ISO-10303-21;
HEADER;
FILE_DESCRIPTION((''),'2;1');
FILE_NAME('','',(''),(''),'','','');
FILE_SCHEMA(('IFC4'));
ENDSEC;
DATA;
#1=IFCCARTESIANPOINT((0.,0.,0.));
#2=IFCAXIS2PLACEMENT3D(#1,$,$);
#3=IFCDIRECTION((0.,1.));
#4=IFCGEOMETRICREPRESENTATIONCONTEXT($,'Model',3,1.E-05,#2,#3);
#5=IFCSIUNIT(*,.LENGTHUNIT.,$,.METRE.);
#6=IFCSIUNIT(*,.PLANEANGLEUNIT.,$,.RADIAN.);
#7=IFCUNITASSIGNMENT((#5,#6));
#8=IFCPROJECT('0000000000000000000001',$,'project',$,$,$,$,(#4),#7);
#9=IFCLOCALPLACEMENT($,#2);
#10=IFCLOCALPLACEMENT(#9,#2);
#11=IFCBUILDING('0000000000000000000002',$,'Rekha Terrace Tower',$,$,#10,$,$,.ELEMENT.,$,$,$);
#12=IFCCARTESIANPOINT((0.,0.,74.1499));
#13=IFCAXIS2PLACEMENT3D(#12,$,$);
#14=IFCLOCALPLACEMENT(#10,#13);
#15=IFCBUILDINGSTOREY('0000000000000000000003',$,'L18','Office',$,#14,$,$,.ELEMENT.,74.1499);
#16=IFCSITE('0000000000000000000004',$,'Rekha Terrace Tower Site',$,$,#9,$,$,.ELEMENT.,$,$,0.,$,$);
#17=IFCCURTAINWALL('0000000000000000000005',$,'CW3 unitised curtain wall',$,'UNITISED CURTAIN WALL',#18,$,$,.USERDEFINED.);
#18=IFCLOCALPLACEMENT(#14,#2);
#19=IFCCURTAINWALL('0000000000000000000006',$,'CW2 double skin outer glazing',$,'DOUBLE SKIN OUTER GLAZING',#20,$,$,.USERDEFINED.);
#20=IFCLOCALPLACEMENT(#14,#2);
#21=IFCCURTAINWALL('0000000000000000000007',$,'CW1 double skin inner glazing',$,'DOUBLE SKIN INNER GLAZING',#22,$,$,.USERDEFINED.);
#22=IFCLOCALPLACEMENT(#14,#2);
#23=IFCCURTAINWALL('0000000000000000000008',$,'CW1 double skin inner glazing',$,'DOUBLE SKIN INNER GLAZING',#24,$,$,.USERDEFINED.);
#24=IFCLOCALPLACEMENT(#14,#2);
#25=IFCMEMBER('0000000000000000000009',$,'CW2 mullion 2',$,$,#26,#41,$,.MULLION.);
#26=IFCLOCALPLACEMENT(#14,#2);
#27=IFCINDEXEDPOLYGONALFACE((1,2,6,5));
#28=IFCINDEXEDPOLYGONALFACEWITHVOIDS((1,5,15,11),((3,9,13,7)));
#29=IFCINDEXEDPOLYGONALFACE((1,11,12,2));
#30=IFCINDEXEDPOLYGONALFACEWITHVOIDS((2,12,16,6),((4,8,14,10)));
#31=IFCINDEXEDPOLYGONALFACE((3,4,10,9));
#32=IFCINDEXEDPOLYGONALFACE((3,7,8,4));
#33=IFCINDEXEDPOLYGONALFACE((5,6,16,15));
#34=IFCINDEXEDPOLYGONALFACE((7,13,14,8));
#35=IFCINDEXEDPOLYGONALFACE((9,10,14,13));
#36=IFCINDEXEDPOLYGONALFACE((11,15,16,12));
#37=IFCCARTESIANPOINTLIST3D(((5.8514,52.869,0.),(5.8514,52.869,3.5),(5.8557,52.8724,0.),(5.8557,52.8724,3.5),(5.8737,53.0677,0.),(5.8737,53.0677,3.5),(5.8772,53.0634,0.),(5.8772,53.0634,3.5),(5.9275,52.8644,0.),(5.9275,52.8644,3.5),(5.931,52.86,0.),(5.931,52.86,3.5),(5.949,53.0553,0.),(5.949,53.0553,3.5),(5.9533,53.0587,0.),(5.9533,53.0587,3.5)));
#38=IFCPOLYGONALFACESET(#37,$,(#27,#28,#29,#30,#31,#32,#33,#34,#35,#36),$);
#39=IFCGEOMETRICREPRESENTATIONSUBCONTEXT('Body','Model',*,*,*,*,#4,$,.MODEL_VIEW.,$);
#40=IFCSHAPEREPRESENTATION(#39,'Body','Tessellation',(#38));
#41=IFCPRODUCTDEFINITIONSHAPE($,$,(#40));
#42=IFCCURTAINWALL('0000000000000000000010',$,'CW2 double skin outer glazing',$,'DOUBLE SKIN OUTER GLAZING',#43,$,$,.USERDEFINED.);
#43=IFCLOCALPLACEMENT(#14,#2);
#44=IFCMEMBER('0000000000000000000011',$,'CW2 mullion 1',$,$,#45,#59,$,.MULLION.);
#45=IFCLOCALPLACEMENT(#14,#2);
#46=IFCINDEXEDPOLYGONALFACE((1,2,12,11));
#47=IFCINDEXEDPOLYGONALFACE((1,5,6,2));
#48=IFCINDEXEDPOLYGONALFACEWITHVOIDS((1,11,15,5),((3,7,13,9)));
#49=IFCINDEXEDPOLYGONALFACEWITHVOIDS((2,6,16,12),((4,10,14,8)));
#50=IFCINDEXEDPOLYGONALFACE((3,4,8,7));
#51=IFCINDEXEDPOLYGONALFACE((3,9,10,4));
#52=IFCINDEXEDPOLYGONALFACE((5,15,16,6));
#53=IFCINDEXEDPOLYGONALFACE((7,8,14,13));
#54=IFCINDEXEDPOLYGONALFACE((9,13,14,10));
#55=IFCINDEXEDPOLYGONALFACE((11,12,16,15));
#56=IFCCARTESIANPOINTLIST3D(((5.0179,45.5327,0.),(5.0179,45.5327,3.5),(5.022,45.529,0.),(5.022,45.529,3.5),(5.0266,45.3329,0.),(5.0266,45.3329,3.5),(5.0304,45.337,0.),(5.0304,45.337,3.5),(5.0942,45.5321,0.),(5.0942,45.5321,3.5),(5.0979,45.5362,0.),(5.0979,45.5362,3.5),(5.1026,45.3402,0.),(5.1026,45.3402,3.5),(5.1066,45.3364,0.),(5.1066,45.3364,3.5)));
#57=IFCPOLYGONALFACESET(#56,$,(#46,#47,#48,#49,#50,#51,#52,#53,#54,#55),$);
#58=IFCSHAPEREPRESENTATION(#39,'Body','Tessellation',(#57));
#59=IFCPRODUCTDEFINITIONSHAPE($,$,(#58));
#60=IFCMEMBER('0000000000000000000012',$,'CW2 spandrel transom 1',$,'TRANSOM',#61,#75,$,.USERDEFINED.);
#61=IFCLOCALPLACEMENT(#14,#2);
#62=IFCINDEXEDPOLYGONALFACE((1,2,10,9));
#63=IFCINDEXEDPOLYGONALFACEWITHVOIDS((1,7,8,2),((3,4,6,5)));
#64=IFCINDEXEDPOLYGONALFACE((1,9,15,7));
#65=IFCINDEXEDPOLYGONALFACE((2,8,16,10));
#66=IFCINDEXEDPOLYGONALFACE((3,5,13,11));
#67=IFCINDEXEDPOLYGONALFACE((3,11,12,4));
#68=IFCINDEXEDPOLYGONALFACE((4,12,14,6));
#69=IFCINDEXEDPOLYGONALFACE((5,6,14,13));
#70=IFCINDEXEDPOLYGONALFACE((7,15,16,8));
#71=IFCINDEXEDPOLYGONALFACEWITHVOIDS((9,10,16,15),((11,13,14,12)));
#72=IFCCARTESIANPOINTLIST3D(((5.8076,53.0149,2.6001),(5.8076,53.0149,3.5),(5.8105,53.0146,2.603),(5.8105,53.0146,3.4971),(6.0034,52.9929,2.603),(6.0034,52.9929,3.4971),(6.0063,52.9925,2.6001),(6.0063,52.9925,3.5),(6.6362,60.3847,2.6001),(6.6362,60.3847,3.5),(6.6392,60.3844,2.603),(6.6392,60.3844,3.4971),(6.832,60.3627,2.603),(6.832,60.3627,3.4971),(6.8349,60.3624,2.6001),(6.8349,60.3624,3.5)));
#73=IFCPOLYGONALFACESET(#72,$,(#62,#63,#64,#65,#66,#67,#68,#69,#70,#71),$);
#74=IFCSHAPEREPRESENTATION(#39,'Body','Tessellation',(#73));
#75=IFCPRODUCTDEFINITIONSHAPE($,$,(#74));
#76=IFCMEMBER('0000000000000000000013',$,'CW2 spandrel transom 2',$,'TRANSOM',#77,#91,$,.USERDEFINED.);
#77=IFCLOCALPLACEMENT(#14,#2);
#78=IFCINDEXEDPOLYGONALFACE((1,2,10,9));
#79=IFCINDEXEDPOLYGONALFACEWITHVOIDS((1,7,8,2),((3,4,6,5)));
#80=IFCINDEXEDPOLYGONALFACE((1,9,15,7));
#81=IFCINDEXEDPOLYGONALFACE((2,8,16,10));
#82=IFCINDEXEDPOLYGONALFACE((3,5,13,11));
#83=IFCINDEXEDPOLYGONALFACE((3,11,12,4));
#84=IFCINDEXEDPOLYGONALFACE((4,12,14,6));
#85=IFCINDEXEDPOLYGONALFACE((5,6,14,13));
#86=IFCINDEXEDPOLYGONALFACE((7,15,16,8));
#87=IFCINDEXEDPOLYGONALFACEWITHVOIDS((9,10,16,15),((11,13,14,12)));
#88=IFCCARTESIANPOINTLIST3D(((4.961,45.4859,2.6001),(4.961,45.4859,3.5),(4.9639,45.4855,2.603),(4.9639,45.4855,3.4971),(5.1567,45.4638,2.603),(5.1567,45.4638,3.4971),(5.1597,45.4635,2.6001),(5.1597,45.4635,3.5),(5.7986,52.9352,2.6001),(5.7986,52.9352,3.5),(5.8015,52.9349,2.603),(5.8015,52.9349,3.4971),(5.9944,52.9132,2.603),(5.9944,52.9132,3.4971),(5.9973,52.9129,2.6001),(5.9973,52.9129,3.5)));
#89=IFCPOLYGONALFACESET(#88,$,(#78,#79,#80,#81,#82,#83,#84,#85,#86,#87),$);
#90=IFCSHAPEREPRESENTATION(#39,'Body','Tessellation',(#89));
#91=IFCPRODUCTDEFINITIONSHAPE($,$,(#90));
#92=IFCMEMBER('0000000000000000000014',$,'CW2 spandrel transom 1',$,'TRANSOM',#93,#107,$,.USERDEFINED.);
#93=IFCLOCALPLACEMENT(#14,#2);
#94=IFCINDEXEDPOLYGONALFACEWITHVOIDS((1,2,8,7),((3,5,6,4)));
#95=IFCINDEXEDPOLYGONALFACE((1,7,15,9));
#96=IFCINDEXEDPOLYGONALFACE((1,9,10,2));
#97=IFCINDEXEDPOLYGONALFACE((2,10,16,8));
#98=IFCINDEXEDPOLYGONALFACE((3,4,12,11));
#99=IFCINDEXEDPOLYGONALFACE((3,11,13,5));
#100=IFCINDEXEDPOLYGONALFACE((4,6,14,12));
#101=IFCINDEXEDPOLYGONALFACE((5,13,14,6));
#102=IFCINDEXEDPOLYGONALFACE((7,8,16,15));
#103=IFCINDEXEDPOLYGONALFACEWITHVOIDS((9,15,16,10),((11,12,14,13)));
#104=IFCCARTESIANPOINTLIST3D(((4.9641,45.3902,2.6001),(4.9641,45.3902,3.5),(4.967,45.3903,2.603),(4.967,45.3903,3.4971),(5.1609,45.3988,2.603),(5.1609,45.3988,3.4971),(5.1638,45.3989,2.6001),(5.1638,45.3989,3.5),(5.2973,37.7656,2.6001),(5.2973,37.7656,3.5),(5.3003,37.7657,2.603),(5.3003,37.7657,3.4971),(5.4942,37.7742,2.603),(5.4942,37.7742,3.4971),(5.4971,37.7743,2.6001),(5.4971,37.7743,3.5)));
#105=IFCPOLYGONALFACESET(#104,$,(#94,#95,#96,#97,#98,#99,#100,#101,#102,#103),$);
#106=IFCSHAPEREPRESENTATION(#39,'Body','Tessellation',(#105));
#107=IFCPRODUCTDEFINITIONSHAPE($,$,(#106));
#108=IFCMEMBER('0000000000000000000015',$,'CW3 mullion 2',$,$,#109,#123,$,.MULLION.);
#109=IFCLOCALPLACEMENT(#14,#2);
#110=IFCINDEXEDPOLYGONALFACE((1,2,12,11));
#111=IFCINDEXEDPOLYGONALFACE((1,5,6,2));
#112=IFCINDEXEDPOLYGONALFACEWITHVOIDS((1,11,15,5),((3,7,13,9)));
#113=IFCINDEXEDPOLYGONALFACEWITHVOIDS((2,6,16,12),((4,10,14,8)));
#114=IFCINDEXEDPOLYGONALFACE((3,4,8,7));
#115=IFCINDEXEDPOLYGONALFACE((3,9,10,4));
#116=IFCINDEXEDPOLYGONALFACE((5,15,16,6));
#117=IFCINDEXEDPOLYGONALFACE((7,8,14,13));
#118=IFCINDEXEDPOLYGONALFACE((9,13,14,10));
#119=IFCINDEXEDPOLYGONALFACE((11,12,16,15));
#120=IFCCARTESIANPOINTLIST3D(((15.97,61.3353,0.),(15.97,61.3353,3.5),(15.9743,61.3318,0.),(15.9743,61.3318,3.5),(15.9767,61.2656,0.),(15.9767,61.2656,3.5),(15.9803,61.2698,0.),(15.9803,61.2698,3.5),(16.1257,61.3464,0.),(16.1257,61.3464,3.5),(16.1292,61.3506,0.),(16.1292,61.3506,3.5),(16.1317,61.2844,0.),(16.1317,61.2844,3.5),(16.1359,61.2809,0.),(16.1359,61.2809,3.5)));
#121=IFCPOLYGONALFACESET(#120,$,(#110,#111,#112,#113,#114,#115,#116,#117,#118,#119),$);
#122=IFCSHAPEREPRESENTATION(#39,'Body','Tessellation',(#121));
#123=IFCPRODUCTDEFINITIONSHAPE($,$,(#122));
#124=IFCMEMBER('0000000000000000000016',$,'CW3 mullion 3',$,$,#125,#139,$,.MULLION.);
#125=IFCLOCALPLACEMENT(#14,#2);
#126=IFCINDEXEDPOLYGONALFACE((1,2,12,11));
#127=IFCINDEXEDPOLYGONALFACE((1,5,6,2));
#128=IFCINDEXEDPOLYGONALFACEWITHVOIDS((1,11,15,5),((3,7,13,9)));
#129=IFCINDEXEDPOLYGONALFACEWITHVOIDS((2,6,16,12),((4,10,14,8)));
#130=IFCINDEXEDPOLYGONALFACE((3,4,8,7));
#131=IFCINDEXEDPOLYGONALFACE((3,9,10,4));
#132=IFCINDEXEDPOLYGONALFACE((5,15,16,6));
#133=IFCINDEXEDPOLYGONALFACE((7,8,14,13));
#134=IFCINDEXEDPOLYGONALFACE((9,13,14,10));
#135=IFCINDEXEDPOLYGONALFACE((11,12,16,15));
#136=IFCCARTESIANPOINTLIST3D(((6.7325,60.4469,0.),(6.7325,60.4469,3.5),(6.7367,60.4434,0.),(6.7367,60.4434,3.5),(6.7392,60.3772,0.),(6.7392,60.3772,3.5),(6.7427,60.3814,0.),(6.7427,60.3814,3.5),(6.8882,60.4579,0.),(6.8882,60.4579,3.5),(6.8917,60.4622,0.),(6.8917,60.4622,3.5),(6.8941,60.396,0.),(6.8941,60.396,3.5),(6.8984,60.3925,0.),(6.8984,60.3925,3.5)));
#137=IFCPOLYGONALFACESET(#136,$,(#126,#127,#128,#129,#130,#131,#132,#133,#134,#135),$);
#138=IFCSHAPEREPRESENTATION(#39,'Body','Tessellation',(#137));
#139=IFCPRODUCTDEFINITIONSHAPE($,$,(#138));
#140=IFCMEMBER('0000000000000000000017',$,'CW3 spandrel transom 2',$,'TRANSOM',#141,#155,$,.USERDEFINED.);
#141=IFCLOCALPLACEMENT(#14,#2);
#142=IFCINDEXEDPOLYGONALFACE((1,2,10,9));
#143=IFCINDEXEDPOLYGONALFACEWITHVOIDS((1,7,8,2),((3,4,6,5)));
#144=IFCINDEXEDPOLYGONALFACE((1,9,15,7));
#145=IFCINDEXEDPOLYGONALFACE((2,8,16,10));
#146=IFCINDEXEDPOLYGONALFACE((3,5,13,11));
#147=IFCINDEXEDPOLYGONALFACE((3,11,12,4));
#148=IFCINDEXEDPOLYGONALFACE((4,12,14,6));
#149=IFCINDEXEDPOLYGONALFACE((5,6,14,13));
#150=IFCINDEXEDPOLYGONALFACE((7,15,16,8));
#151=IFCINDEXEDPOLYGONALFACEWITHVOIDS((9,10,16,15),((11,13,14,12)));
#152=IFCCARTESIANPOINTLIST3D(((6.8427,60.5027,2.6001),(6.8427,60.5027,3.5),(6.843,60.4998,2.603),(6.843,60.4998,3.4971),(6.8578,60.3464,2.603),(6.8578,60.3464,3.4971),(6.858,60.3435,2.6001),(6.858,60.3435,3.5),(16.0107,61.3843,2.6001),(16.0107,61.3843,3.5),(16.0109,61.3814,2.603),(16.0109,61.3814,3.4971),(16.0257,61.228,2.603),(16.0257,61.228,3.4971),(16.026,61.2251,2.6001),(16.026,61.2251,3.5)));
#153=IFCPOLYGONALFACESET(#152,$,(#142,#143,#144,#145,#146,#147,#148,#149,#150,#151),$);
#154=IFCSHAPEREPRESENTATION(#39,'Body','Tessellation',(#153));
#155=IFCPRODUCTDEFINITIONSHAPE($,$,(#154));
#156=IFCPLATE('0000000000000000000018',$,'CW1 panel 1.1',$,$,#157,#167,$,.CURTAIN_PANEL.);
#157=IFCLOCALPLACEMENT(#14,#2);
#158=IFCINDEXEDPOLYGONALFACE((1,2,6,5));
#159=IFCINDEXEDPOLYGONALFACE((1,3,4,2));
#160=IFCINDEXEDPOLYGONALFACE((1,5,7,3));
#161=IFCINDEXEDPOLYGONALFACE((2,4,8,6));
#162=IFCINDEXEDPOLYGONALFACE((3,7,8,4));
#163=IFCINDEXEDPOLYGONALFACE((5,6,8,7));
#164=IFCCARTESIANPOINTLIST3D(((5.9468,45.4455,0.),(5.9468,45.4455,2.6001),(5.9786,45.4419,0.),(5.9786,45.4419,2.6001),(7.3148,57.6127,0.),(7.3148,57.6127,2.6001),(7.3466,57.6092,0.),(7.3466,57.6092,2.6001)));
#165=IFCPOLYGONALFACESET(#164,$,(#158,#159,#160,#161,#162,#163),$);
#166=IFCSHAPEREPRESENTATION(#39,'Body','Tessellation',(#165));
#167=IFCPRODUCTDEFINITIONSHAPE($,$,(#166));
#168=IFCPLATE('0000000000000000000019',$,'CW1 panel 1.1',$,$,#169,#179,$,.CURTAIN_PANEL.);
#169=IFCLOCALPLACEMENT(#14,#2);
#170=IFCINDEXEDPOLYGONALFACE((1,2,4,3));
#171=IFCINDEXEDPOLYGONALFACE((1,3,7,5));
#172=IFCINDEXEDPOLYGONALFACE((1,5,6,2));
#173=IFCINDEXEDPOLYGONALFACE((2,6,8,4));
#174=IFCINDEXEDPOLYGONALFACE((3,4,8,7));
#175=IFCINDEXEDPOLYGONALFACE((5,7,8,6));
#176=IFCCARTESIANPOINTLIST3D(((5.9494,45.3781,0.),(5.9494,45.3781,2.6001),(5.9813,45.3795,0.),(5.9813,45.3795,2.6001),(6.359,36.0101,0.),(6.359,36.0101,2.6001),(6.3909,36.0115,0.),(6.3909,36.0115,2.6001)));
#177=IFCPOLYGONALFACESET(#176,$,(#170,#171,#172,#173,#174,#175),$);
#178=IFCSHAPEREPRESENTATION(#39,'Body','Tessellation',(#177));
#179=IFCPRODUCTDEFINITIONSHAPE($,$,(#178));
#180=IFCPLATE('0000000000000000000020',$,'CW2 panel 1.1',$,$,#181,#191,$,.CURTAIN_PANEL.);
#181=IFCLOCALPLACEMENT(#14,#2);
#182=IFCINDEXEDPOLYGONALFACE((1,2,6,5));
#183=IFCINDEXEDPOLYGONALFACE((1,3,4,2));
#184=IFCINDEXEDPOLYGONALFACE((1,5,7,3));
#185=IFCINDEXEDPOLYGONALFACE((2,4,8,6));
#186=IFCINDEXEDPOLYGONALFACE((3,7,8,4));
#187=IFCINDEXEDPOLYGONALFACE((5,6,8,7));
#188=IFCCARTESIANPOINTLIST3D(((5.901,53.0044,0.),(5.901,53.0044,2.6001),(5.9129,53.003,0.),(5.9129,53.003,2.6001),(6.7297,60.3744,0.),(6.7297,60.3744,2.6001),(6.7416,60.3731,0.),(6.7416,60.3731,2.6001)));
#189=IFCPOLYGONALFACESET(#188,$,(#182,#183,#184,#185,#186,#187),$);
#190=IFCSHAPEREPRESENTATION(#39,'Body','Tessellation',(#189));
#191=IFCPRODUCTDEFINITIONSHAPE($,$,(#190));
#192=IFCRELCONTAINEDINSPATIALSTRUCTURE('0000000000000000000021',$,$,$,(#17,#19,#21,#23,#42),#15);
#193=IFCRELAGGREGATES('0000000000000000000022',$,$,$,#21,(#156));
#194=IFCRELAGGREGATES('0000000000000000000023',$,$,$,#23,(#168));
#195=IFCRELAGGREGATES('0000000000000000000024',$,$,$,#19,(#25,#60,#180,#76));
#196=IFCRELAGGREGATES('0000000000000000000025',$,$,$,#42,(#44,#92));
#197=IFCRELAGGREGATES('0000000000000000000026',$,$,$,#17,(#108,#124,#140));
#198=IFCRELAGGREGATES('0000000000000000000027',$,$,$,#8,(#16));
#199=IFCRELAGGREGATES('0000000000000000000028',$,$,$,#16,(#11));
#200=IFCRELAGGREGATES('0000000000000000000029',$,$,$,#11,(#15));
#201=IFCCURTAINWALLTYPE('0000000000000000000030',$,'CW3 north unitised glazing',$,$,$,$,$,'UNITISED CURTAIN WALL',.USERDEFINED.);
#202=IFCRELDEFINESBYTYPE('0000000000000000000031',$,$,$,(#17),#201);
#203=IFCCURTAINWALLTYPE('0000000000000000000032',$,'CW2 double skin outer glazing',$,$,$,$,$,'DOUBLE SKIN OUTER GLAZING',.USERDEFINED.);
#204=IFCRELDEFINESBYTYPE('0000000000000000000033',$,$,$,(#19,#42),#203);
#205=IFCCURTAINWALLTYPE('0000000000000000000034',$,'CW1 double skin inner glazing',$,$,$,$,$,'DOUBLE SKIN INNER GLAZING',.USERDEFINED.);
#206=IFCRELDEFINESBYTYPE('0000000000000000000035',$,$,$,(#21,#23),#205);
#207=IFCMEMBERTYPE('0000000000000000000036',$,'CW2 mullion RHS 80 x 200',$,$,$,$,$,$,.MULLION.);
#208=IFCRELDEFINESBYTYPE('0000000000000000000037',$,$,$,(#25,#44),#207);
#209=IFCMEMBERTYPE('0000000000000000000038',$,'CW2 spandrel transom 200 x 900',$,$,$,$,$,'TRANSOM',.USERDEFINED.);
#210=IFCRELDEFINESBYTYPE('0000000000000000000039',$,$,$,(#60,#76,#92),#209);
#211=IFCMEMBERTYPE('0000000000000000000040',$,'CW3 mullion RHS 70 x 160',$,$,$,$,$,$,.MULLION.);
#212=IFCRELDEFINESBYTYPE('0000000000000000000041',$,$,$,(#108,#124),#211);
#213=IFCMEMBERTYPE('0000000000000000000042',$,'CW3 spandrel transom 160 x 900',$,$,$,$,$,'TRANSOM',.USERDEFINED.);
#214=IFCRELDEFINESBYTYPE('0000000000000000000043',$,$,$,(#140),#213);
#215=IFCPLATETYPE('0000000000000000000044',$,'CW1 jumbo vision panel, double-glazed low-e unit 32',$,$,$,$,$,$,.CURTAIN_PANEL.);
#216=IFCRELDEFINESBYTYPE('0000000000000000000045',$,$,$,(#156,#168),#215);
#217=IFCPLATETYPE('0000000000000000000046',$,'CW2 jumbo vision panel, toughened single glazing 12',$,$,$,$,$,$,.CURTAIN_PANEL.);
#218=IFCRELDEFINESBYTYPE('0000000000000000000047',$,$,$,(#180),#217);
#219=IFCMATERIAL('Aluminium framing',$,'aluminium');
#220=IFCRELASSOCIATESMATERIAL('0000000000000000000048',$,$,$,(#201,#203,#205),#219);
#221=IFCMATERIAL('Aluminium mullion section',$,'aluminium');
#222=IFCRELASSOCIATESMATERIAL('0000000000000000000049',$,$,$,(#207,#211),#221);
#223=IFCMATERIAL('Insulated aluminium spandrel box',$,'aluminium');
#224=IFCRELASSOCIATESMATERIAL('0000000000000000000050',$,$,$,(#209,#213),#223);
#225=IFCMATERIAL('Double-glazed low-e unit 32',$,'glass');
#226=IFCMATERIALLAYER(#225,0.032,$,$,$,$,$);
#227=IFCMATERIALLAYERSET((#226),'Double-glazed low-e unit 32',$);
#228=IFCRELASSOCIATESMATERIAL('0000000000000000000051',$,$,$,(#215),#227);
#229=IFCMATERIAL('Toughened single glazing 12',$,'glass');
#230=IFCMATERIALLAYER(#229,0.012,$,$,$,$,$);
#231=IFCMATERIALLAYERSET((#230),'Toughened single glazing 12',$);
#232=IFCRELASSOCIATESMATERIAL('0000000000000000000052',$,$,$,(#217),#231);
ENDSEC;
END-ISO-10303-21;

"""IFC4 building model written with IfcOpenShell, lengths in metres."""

from ifc_helpers import new_model, si_unit, direction, frame, origin, origin_2d, place, context, subcontext, project, spatial, rectangle, hollow_rectangle, extrude, material, layer, layer_set, material_profile, profile_set, type_object, element, aggregate, save


model = new_model("IFC4")

# Units and contexts
model_context = context("Model", 3, precision=1e-05, world=origin(), true_north=direction((0.0, 1.0)))
body_context = subcontext(model_context, "Body", "Model", "MODEL_VIEW")
ifc_project = project(units=[si_unit("LENGTHUNIT", "METRE"), si_unit("PLANEANGLEUNIT", "RADIAN")], contexts=[model_context])

# Site, building, storey
site_placement = place(None, origin())
site = spatial("IfcSite", under=ifc_project, at=site_placement, Name="Rekha Terrace Tower Site", CompositionType="ELEMENT", RefElevation=0.0)
building_placement = place(site_placement, origin())
building = spatial("IfcBuilding", under=site, at=building_placement, Name="Rekha Terrace Tower", CompositionType="ELEMENT")
storey_placement = place(building_placement, frame((0.0, 0.0, 74.1499)))
storey = spatial("IfcBuildingStorey", under=building, at=storey_placement, Name="L18", Description="Office", CompositionType="ELEMENT", Elevation=74.1499)

# Curtain walls
ifc_material_1 = material(Name="Aluminium framing", Category="aluminium")
curtain_wall_type_1 = type_object("IfcCurtainWallType", Name="CW3 north unitised glazing", ElementType="UNITISED CURTAIN WALL", PredefinedType="USERDEFINED", material=ifc_material_1)
curtain_wall_1_placement = place(storey_placement, origin())
curtain_wall_1 = element("IfcCurtainWall", 1, at=curtain_wall_1_placement, inside=storey, type_object=curtain_wall_type_1, Name="CW3 unitised curtain wall", ObjectType="UNITISED CURTAIN WALL", PredefinedType="USERDEFINED")
curtain_wall_type_2 = type_object("IfcCurtainWallType", Name="CW2 double skin outer glazing", ElementType="DOUBLE SKIN OUTER GLAZING", PredefinedType="USERDEFINED", material=ifc_material_1)
curtain_wall_2_placement = place(storey_placement, origin())
curtain_wall_2 = element("IfcCurtainWall", 2, at=curtain_wall_2_placement, inside=storey, type_object=curtain_wall_type_2, Name="CW2 double skin outer glazing", ObjectType="DOUBLE SKIN OUTER GLAZING", PredefinedType="USERDEFINED")
curtain_wall_type_3 = type_object("IfcCurtainWallType", Name="CW1 double skin inner glazing", ElementType="DOUBLE SKIN INNER GLAZING", PredefinedType="USERDEFINED", material=ifc_material_1)
curtain_wall_3_placement = place(storey_placement, origin())
curtain_wall_3 = element("IfcCurtainWall", 3, at=curtain_wall_3_placement, inside=storey, type_object=curtain_wall_type_3, Name="CW1 double skin inner glazing", ObjectType="DOUBLE SKIN INNER GLAZING", PredefinedType="USERDEFINED")
ifc_material_2 = material(Name="Aluminium mullion section", Category="aluminium")
curtain_wall_4_placement = place(storey_placement, origin())
curtain_wall_4 = element("IfcCurtainWall", 4, at=curtain_wall_4_placement, inside=storey, type_object=curtain_wall_type_3, Name="CW1 double skin inner glazing", ObjectType="DOUBLE SKIN INNER GLAZING", PredefinedType="USERDEFINED")

# Member
ifc_material_3 = material(Name="Insulated aluminium spandrel box", Category="aluminium")
ifc_material_profile_1 = material_profile(ifc_material_2, hollow_rectangle(XDim=0.0801, YDim=0.2, WallThickness=0.0039, at=origin_2d()), Name="AL RHS 80x200")
ifc_profile_set_1 = profile_set([ifc_material_profile_1], Name="Aluminium mullion section")
member_type_1 = type_object("IfcMemberType", Name="CW2 mullion RHS 80 x 200", PredefinedType="MULLION", material=ifc_profile_set_1)
member_1_placement = place(storey_placement, frame((5.9023, 52.9639, 0.0), z_axis=(0.0, 0.0, 1.0), x_axis=(0.993739, -0.11173, 0.0)))
member_1 = element("IfcMember", 5, at=member_1_placement, type_object=member_type_1, Name="CW2 mullion 2", PredefinedType="MULLION", context=body_context, shape_type="SweptSolid", body=[
    extrude(hollow_rectangle(XDim=0.0801, YDim=0.2, WallThickness=0.0039, at=origin_2d()), origin(), (0.0, 0.0, 1.0), 3.5),
])

# Curtain wall, member
curtain_wall_5_placement = place(storey_placement, origin())
curtain_wall_5 = element("IfcCurtainWall", 6, at=curtain_wall_5_placement, inside=storey, type_object=curtain_wall_type_2, Name="CW2 double skin outer glazing", ObjectType="DOUBLE SKIN OUTER GLAZING", PredefinedType="USERDEFINED")
member_2_placement = place(storey_placement, frame((5.0623, 45.4346, 0.0), z_axis=(0.0, 0.0, 1.0), x_axis=(0.999045, 0.043683, 0.0)))
member_2 = element("IfcMember", 7, at=member_2_placement, type_object=member_type_1, Name="CW2 mullion 1", PredefinedType="MULLION", context=body_context, shape_type="SweptSolid", body=[
    extrude(hollow_rectangle(XDim=0.0801, YDim=0.2, WallThickness=0.0039, at=origin_2d()), origin(), (0.0, 0.0, 1.0), 3.5),
])

# Members
ifc_material_profile_2 = material_profile(ifc_material_3, hollow_rectangle(XDim=0.2, YDim=0.8999, WallThickness=0.0029, at=origin_2d()), Name="AL SPANDREL BOX 200x900")
ifc_profile_set_2 = profile_set([ifc_material_profile_2], Name="Insulated aluminium spandrel box")
member_type_2 = type_object("IfcMemberType", Name="CW2 spandrel transom 200 x 900", ElementType="TRANSOM", PredefinedType="USERDEFINED", material=ifc_profile_set_2)
member_3_placement = place(storey_placement, frame((6.7356, 60.3735, 3.05), z_axis=(-0.111729, -0.993739, 0.0), x_axis=(0.993739, -0.111729, 0.0)))
member_3 = element("IfcMember", 8, at=member_3_placement, type_object=member_type_2, Name="CW2 spandrel transom 1", ObjectType="TRANSOM", PredefinedType="USERDEFINED", context=body_context, shape_type="SweptSolid", body=[
    extrude(hollow_rectangle(XDim=0.2, YDim=0.8999, WallThickness=0.0029, at=origin_2d()), origin(), (0.0, 0.0, 1.0), 7.4163),
])
member_4_placement = place(storey_placement, frame((5.8979, 52.9241, 3.05), z_axis=(-0.11174, -0.993738, 0.0), x_axis=(0.993738, -0.11174, 0.0)))
member_4 = element("IfcMember", 9, at=member_4_placement, type_object=member_type_2, Name="CW2 spandrel transom 2", ObjectType="TRANSOM", PredefinedType="USERDEFINED", context=body_context, shape_type="SweptSolid", body=[
    extrude(hollow_rectangle(XDim=0.2, YDim=0.8999, WallThickness=0.0029, at=origin_2d()), origin(), (0.0, 0.0, 1.0), 7.4963),
])
member_5_placement = place(storey_placement, frame((5.064, 45.3945, 3.05), z_axis=(0.043666, -0.999046, 0.0), x_axis=(0.999046, 0.043666, 0.0)))
member_5 = element("IfcMember", 10, at=member_5_placement, type_object=member_type_2, Name="CW2 spandrel transom 1", ObjectType="TRANSOM", PredefinedType="USERDEFINED", context=body_context, shape_type="SweptSolid", body=[
    extrude(hollow_rectangle(XDim=0.2, YDim=0.8999, WallThickness=0.0029, at=origin_2d()), origin(), (0.0, 0.0, 1.0), 7.6318),
])
ifc_material_profile_3 = material_profile(ifc_material_2, hollow_rectangle(XDim=0.0701, YDim=0.1599, WallThickness=0.0039, at=origin_2d()), Name="AL RHS 70x160")
ifc_profile_set_3 = profile_set([ifc_material_profile_3], Name="Aluminium mullion section")
member_type_3 = type_object("IfcMemberType", Name="CW3 mullion RHS 70 x 160", PredefinedType="MULLION", material=ifc_profile_set_3)
member_6_placement = place(storey_placement, frame((16.053, 61.3081, 0.0), z_axis=(0.0, 0.0, 1.0), x_axis=(0.095712, -0.995409, 0.0)))
member_6 = element("IfcMember", 11, at=member_6_placement, type_object=member_type_3, Name="CW3 mullion 2", PredefinedType="MULLION", context=body_context, shape_type="SweptSolid", body=[
    extrude(hollow_rectangle(XDim=0.0701, YDim=0.1599, WallThickness=0.0039, at=origin_2d()), origin(), (0.0, 0.0, 1.0), 3.5),
])
member_7_placement = place(storey_placement, frame((6.8154, 60.4197, 0.0), z_axis=(0.0, 0.0, 1.0), x_axis=(0.095712, -0.995409, 0.0)))
member_7 = element("IfcMember", 12, at=member_7_placement, type_object=member_type_3, Name="CW3 mullion 3", PredefinedType="MULLION", context=body_context, shape_type="SweptSolid", body=[
    extrude(hollow_rectangle(XDim=0.0701, YDim=0.1599, WallThickness=0.0039, at=origin_2d()), origin(), (0.0, 0.0, 1.0), 3.5),
])
ifc_material_profile_4 = material_profile(ifc_material_3, hollow_rectangle(XDim=0.1599, YDim=0.8999, WallThickness=0.0029, at=origin_2d()), Name="AL SPANDREL BOX 160x900")
ifc_profile_set_4 = profile_set([ifc_material_profile_4], Name="Insulated aluminium spandrel box")
member_type_4 = type_object("IfcMemberType", Name="CW3 spandrel transom 160 x 900", ElementType="TRANSOM", PredefinedType="USERDEFINED", material=ifc_profile_set_4)
member_8_placement = place(storey_placement, frame((16.0183, 61.3047, 3.05), z_axis=(-0.995408, -0.095718, 0.0), x_axis=(0.095718, -0.995408, 0.0)))
member_8 = element("IfcMember", 13, at=member_8_placement, type_object=member_type_4, Name="CW3 spandrel transom 2", ObjectType="TRANSOM", PredefinedType="USERDEFINED", context=body_context, shape_type="SweptSolid", body=[
    extrude(hollow_rectangle(XDim=0.1599, YDim=0.8999, WallThickness=0.0029, at=origin_2d()), origin(), (0.0, 0.0, 1.0), 9.2102),
])

# Plates
ifc_material_4 = material(Name="Double-glazed low-e unit 32", Category="glass")
ifc_layer_1 = layer(ifc_material_4, 0.032)
ifc_layer_set_1 = layer_set([ifc_layer_1], Name="Double-glazed low-e unit 32")
plate_type_1 = type_object("IfcPlateType", Name="CW1 jumbo vision panel, double-glazed low-e unit 32", PredefinedType="CURTAIN_PANEL", material=ifc_layer_set_1)
plate_1_placement = place(storey_placement, frame((6.6467, 51.5273, 0.0), z_axis=(0.0, 0.0, 1.0), x_axis=(-0.11173, -0.993739, 0.0)))
plate_1 = element("IfcPlate", 14, at=plate_1_placement, type_object=plate_type_1, Name="CW1 panel 1.1", PredefinedType="CURTAIN_PANEL", context=body_context, shape_type="SweptSolid", body=[
    extrude(rectangle(XDim=12.2439, YDim=0.032, at=origin_2d()), origin(), (0.0, 0.0, 1.0), 2.6001),
])
aggregate(curtain_wall_3, [plate_1])
plate_2_placement = place(storey_placement, frame((6.1702, 40.6948, 0.0), z_axis=(0.0, 0.0, 1.0), x_axis=(0.043683, -0.999045, 0.0)))
plate_2 = element("IfcPlate", 15, at=plate_2_placement, type_object=plate_type_1, Name="CW1 panel 1.1", PredefinedType="CURTAIN_PANEL", context=body_context, shape_type="SweptSolid", body=[
    extrude(rectangle(XDim=9.377, YDim=0.032, at=origin_2d()), origin(), (0.0, 0.0, 1.0), 2.6001),
])
aggregate(curtain_wall_4, [plate_2])
ifc_material_5 = material(Name="Toughened single glazing 12", Category="glass")
ifc_layer_2 = layer(ifc_material_5, 0.012)
ifc_layer_set_2 = layer_set([ifc_layer_2], Name="Toughened single glazing 12")
plate_type_2 = type_object("IfcPlateType", Name="CW2 jumbo vision panel, toughened single glazing 12", PredefinedType="CURTAIN_PANEL", material=ifc_layer_set_2)
plate_3_placement = place(storey_placement, frame((6.3213, 56.6887, 0.0), z_axis=(0.0, 0.0, 1.0), x_axis=(-0.11173, -0.993739, 0.0)))
plate_3 = element("IfcPlate", 16, at=plate_3_placement, type_object=plate_type_2, Name="CW2 panel 1.1", PredefinedType="CURTAIN_PANEL", context=body_context, shape_type="SweptSolid", body=[
    extrude(rectangle(XDim=7.4165, YDim=0.012, at=origin_2d()), origin(), (0.0, 0.0, 1.0), 2.6001),
])
aggregate(curtain_wall_2, [member_1, member_3, plate_3, member_4])
aggregate(curtain_wall_5, [member_2, member_5])
aggregate(curtain_wall_1, [member_6, member_7, member_8])

save(model, "model.ifc")
